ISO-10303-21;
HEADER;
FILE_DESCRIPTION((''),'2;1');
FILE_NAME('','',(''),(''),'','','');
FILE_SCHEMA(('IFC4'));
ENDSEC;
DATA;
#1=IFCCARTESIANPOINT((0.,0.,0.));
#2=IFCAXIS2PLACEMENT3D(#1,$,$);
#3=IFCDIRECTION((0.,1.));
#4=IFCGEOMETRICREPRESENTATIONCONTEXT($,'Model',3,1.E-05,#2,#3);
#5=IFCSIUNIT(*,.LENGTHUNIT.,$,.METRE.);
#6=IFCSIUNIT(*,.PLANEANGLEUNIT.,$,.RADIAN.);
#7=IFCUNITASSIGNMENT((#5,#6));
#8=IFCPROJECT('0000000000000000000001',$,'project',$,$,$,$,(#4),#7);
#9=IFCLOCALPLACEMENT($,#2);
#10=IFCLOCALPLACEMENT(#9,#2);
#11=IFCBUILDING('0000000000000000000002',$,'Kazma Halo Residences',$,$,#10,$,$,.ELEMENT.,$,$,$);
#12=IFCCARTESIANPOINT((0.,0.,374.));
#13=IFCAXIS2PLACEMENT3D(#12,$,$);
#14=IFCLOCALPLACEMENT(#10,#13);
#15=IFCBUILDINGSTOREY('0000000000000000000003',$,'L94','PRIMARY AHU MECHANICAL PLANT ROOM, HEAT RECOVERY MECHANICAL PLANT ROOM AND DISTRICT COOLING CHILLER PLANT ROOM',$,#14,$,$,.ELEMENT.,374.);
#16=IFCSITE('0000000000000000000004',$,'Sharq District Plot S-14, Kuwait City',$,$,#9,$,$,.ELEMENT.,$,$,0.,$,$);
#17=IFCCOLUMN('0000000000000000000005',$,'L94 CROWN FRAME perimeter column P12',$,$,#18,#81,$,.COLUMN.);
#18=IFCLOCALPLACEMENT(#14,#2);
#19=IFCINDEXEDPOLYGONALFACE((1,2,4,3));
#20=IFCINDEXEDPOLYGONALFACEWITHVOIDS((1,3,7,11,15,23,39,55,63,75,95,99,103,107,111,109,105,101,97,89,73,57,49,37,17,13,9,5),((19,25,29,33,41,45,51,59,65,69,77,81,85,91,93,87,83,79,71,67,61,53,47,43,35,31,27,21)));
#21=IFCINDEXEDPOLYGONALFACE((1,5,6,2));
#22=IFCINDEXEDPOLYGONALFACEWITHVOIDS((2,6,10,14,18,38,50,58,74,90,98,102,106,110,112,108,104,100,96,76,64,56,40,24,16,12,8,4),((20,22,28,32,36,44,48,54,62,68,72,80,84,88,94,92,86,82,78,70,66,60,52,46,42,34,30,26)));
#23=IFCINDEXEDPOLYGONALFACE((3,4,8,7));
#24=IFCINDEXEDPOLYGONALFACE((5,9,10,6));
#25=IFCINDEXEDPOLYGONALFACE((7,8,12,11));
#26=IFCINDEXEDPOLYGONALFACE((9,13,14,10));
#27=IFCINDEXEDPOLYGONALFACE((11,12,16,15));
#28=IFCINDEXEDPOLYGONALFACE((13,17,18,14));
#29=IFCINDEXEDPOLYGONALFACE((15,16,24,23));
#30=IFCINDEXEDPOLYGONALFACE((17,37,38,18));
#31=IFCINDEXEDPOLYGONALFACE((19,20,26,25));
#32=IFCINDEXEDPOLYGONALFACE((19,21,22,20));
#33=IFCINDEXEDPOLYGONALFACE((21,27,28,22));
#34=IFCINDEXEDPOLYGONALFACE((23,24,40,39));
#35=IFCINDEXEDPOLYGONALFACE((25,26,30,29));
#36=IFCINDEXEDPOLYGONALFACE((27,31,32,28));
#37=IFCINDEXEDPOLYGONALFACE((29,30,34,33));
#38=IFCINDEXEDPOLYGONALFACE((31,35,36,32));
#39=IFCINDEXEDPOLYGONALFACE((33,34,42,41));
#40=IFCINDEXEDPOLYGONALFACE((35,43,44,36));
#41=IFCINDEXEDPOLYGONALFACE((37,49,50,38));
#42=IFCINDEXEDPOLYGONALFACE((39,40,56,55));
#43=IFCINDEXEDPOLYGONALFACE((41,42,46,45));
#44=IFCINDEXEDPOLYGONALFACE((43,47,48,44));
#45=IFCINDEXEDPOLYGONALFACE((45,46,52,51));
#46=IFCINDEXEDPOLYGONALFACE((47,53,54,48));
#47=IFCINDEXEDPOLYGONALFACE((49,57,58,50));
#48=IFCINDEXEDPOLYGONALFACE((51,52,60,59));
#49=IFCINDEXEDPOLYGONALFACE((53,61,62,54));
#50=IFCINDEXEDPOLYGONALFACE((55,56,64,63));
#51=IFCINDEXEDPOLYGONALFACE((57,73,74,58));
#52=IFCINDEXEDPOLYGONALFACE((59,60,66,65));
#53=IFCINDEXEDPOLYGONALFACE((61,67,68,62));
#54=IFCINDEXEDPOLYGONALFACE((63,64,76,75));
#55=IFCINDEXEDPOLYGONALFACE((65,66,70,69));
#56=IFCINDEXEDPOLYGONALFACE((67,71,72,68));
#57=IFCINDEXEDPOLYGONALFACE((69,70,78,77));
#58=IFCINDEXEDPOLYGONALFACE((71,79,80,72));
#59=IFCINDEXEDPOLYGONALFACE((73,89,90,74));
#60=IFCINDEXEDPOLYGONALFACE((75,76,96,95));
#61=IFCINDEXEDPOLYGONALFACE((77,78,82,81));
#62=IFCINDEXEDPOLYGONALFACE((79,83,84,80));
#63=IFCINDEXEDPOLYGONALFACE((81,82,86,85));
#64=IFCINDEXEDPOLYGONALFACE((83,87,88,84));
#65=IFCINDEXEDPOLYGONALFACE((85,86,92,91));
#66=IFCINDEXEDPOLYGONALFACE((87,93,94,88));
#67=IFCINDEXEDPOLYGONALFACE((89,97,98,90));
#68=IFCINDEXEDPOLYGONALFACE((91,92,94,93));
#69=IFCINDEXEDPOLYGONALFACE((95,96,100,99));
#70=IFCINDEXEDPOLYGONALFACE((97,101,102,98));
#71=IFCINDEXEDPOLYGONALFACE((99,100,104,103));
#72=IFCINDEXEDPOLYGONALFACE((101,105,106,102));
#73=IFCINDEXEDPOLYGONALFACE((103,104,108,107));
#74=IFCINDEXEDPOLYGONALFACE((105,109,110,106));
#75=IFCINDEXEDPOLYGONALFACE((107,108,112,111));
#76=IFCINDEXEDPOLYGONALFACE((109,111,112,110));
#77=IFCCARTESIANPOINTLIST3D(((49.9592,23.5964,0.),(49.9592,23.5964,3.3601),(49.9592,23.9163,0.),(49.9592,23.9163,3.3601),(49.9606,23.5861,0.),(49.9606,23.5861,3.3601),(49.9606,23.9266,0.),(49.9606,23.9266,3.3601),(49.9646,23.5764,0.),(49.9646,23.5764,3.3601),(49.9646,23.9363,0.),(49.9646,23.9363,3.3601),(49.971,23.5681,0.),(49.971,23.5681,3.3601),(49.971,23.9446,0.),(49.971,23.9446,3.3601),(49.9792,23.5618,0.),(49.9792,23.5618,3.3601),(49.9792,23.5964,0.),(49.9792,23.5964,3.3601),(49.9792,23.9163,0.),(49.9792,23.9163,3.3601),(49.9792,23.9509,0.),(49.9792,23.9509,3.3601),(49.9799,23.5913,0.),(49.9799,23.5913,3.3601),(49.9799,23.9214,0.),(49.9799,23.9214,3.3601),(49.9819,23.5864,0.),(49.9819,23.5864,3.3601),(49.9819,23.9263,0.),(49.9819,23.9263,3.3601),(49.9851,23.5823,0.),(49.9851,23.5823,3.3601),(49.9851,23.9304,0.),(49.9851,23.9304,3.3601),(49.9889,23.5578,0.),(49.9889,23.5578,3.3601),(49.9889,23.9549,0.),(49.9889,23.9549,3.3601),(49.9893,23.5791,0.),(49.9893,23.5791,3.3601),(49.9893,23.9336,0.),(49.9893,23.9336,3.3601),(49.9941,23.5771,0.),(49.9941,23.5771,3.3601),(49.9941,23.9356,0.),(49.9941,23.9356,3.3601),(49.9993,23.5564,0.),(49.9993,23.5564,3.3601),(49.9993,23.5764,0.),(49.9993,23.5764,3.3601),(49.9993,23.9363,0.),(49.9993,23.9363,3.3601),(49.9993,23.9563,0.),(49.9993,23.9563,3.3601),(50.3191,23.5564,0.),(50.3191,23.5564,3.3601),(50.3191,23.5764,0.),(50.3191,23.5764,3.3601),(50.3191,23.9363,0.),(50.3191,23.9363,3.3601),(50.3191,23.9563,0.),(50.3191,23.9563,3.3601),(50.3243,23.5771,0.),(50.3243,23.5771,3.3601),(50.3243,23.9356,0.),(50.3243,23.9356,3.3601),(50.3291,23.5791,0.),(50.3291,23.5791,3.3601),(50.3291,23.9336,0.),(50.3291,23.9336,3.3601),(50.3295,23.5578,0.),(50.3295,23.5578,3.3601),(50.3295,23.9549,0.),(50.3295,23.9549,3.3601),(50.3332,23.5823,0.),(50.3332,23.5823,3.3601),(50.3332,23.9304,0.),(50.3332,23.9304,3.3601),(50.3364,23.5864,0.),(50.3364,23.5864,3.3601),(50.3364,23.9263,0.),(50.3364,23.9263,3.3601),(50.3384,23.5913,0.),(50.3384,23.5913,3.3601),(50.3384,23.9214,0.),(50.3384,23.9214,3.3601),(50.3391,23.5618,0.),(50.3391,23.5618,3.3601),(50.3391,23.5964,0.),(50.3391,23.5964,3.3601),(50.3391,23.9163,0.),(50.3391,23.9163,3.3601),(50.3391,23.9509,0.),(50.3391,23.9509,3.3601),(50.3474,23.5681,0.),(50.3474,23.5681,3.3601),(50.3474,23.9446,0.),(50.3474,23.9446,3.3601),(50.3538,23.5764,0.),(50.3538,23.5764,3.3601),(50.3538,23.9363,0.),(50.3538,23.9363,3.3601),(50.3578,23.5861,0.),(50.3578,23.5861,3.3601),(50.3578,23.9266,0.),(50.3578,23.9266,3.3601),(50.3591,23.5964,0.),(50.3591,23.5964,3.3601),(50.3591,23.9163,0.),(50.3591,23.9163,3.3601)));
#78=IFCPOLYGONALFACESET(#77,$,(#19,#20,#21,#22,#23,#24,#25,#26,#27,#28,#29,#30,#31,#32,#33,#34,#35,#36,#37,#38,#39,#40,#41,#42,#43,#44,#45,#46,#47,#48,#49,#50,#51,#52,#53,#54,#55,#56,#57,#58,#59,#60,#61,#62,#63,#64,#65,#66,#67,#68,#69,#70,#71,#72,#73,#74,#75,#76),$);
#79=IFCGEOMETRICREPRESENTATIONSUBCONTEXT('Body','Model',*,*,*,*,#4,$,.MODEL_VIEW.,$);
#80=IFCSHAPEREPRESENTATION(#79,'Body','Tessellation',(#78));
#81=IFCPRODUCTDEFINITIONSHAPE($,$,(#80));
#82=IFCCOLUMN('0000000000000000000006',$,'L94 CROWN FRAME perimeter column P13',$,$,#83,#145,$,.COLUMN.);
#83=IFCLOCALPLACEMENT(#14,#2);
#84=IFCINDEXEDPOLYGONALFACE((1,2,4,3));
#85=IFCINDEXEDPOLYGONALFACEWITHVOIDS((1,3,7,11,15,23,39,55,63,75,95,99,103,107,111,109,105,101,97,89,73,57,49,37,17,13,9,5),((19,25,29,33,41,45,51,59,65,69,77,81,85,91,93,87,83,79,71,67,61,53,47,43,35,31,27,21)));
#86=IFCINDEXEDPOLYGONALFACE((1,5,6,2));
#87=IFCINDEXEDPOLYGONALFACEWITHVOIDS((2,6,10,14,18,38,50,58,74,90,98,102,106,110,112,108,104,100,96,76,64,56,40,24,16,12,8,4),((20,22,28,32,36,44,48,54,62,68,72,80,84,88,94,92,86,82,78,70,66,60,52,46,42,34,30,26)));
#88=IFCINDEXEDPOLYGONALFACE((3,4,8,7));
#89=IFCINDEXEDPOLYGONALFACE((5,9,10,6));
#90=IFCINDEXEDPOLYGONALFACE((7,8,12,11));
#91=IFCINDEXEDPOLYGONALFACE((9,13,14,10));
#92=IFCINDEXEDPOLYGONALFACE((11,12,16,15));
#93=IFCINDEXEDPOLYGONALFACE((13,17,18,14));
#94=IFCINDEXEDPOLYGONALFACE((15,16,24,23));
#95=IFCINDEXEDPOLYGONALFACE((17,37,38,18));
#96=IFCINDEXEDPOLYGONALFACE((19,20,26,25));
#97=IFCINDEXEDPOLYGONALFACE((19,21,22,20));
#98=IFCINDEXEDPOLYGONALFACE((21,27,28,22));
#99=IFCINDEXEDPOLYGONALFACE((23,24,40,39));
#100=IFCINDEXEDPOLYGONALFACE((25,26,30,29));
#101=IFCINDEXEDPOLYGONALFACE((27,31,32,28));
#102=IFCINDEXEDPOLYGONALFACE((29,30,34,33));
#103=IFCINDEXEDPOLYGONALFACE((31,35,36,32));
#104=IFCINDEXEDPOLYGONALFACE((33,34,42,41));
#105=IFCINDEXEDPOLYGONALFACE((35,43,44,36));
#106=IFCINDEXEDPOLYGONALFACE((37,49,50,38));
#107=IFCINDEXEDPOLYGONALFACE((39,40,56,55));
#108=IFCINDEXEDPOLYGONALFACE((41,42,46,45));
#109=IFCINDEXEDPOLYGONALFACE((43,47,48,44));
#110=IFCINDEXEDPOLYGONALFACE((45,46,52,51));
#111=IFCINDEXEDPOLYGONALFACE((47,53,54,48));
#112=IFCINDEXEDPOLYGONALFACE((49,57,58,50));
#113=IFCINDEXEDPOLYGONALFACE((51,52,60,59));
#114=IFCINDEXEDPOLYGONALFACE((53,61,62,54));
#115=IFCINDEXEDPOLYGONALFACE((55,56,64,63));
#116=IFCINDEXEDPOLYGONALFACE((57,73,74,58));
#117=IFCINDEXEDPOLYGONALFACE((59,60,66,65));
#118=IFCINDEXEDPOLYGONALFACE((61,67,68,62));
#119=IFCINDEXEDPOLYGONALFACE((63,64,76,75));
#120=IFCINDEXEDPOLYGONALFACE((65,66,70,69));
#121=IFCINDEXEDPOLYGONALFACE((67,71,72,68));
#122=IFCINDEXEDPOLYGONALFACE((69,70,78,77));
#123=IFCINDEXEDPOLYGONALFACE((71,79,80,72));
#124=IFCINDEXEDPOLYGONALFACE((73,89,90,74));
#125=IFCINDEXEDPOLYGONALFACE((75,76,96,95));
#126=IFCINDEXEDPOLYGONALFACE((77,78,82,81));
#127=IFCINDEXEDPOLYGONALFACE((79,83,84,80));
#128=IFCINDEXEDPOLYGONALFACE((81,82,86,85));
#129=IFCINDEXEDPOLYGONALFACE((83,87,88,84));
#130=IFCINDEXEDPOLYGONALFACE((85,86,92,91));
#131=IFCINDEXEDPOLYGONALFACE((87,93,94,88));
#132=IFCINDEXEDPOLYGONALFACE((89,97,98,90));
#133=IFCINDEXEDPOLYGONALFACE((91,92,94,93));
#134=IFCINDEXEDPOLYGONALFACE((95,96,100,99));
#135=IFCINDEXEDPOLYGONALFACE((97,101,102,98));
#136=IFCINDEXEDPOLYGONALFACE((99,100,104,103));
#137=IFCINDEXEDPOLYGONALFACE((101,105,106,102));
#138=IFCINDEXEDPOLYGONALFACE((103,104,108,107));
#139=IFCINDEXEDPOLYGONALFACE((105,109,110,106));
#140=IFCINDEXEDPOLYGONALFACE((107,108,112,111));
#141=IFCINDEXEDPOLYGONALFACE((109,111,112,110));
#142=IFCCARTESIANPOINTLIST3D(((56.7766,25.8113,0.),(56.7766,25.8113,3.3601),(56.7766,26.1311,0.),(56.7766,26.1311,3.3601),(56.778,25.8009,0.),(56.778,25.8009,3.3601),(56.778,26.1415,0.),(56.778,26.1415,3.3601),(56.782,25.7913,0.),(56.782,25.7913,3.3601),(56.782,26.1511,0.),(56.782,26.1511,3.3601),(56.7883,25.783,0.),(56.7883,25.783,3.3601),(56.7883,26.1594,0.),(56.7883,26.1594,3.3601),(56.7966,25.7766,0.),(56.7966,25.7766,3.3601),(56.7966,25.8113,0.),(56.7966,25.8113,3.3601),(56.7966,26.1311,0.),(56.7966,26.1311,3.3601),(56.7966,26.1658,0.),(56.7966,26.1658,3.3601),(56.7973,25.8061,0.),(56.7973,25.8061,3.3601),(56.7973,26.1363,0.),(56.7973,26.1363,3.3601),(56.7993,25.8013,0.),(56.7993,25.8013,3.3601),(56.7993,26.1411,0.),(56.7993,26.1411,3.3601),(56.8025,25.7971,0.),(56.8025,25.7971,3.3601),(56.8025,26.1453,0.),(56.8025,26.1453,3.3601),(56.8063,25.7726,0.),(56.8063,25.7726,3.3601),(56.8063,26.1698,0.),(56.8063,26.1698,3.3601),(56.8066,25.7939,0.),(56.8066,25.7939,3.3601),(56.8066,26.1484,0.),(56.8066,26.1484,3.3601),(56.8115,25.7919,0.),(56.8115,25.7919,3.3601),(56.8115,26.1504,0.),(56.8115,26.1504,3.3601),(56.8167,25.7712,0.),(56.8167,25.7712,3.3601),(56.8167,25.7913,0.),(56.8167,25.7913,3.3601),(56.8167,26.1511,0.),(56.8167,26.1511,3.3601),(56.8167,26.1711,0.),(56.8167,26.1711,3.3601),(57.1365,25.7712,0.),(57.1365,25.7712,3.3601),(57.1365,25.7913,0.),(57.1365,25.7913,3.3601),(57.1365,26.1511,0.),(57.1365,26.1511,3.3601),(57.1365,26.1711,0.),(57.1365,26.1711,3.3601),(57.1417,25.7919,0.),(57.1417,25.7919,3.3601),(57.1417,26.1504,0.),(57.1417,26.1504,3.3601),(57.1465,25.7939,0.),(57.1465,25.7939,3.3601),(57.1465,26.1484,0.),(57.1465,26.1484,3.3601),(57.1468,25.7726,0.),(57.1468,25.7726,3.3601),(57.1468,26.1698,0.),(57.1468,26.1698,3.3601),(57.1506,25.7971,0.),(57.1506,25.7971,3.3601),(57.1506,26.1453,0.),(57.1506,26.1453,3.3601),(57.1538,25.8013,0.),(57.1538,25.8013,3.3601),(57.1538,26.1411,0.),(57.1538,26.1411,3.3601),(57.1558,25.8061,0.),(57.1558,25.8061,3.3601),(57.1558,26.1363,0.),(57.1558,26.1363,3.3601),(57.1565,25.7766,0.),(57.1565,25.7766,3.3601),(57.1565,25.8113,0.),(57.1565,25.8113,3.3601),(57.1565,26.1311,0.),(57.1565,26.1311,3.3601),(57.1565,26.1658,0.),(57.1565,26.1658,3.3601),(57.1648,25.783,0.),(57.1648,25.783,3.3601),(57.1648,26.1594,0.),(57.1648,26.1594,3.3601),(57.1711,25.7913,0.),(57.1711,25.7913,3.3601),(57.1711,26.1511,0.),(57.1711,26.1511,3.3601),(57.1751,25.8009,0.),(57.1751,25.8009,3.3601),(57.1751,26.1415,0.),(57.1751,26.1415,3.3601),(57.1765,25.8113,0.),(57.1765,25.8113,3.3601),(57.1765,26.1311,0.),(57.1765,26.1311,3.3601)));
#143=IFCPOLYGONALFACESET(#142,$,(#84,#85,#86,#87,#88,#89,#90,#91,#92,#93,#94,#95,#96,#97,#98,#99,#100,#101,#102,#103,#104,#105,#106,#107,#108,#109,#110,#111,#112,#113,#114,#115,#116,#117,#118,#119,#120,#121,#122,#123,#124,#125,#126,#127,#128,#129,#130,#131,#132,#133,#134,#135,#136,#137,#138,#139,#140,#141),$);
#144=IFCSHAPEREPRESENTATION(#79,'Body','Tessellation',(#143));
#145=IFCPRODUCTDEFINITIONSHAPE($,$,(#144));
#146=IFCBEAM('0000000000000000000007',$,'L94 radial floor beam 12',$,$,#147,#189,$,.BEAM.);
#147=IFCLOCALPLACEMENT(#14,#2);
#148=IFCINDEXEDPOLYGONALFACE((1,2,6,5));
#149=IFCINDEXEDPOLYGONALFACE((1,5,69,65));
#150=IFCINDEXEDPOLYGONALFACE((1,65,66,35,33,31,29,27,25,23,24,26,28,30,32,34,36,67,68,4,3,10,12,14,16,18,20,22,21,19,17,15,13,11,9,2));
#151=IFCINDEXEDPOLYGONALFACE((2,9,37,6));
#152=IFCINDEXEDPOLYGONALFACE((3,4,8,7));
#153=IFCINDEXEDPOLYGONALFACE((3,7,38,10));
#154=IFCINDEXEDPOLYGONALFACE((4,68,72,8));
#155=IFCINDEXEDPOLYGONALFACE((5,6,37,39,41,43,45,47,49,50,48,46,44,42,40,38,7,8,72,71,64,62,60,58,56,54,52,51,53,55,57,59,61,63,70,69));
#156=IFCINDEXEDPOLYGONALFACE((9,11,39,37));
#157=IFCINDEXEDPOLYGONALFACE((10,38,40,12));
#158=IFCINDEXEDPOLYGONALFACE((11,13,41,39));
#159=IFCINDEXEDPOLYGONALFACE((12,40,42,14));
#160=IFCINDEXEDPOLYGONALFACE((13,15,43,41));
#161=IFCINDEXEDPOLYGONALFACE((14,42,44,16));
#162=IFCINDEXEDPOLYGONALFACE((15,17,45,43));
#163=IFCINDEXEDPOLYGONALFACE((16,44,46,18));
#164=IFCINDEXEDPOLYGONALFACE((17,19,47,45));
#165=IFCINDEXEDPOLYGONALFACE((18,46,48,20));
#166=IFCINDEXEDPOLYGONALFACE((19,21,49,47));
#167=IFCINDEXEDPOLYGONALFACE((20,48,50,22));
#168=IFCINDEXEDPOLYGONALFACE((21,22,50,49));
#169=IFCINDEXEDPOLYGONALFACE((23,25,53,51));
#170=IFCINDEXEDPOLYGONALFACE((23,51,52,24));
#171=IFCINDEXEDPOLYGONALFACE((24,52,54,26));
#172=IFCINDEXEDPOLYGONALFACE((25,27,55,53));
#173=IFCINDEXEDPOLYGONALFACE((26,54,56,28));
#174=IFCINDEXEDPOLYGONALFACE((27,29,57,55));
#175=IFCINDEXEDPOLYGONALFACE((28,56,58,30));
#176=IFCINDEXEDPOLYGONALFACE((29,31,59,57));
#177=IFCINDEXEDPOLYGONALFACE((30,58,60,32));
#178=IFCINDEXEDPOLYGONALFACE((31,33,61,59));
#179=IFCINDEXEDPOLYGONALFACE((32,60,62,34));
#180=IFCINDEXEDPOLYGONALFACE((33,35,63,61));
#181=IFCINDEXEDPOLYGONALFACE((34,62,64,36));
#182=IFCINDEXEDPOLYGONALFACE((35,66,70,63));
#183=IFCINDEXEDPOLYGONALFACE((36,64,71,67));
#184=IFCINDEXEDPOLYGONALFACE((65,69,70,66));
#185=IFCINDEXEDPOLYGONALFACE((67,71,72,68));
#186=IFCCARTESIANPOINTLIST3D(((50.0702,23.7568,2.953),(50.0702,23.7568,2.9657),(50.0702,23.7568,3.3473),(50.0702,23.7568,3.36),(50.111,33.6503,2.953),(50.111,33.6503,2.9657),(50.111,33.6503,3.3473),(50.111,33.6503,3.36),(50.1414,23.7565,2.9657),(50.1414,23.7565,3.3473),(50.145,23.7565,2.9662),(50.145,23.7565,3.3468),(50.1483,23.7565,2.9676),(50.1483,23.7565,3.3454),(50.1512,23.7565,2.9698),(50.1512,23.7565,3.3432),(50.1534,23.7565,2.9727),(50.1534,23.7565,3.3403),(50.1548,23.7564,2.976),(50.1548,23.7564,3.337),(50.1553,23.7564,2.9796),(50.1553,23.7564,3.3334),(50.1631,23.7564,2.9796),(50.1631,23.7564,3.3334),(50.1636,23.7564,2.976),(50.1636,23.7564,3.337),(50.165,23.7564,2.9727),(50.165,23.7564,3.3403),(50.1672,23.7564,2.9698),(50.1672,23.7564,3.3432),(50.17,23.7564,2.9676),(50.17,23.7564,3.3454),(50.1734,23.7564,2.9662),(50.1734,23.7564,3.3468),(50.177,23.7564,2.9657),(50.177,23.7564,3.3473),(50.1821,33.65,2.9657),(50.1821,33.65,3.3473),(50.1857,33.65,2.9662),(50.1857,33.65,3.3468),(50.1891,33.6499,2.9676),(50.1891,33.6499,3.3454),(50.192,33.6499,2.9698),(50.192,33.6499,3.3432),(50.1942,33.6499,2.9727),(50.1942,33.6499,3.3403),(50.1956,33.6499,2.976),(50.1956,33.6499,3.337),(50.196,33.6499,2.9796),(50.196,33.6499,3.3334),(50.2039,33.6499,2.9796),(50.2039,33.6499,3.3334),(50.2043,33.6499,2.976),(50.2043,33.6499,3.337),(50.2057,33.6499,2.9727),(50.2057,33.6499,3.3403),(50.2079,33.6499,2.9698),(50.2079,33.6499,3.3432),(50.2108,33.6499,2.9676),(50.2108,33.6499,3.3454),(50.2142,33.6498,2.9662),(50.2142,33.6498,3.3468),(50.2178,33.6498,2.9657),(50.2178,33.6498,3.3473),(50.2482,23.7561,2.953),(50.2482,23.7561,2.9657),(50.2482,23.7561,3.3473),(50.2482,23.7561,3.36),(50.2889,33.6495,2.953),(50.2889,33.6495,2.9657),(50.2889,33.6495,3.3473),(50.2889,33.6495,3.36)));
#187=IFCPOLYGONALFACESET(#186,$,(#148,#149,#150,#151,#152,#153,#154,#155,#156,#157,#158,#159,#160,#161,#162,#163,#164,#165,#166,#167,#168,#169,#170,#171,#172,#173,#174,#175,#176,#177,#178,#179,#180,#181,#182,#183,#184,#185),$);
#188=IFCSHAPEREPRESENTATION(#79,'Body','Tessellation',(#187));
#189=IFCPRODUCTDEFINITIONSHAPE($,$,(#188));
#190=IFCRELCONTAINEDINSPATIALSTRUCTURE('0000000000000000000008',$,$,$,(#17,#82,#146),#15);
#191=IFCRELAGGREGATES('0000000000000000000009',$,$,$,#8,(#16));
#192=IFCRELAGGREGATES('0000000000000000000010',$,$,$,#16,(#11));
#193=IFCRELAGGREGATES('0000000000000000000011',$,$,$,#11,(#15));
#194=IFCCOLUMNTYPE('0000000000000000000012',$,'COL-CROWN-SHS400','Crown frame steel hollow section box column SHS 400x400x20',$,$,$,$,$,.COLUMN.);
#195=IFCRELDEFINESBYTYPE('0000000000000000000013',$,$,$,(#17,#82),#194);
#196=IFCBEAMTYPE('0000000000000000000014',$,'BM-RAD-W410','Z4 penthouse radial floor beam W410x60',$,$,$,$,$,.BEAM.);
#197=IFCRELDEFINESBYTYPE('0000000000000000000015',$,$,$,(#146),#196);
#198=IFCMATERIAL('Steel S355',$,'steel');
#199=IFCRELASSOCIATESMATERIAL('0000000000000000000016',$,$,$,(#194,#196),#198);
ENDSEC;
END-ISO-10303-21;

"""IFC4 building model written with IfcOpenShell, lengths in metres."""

from ifc_helpers import new_model, si_unit, direction, frame, origin, origin_2d, place, context, subcontext, project, spatial, hollow_rectangle, i_section, extrude, material, material_profile, profile_set, type_object, element, save


model = new_model("IFC4")

# Units and contexts
model_context = context("Model", 3, precision=1e-05, world=origin(), true_north=direction((0.0, 1.0)))
body_context = subcontext(model_context, "Body", "Model", "MODEL_VIEW")
ifc_project = project(units=[si_unit("LENGTHUNIT", "METRE"), si_unit("PLANEANGLEUNIT", "RADIAN")], contexts=[model_context])

# Site, building, storey
site_placement = place(None, origin())
site = spatial("IfcSite", under=ifc_project, at=site_placement, Name="Sharq District Plot S-14, Kuwait City", CompositionType="ELEMENT", RefElevation=0.0)
building_placement = place(site_placement, origin())
building = spatial("IfcBuilding", under=site, at=building_placement, Name="Kazma Halo Residences", CompositionType="ELEMENT")
storey_placement = place(building_placement, frame((0.0, 0.0, 374.0)))
storey = spatial("IfcBuildingStorey", under=building, at=storey_placement, Name="L94", Description="PRIMARY AHU MECHANICAL PLANT ROOM, HEAT RECOVERY MECHANICAL PLANT ROOM AND DISTRICT COOLING CHILLER PLANT ROOM", CompositionType="ELEMENT", Elevation=374.0)

# Columns
ifc_material_1 = material(Name="Steel S355", Category="steel")
ifc_material_profile_1 = material_profile(ifc_material_1, hollow_rectangle(XDim=0.3999, YDim=0.3999, WallThickness=0.02, InnerFilletRadius=0.02, OuterFilletRadius=0.04, at=origin_2d()), Name="SHS400x400x20")
ifc_profile_set_1 = profile_set([ifc_material_profile_1], Name="Steel S355")
column_type = type_object("IfcColumnType", Name="COL-CROWN-SHS400", Description="Crown frame steel hollow section box column SHS 400x400x20", PredefinedType="COLUMN", material=ifc_profile_set_1)
for number, where, z_axis, x_axis, name in (
    (1, (50.1592, 23.7563, 0.0), (0.0, 0.0, 1.0), (1.0, 0.0, 0.0), "L94 CROWN FRAME perimeter column P12"),
    (2, (56.9766, 25.9712, 0.0), (0.0, 0.0, 1.0), (1.0, 0.0, 0.0), "L94 CROWN FRAME perimeter column P13"),
):
    element("IfcColumn", number, at=place(storey_placement, frame(where, z_axis=z_axis, x_axis=x_axis)), inside=storey, type_object=column_type, Name=name, PredefinedType="COLUMN", context=body_context, shape_type="SweptSolid", body=[
        extrude(hollow_rectangle(XDim=0.3999, YDim=0.3999, WallThickness=0.02, InnerFilletRadius=0.02, OuterFilletRadius=0.04, at=origin_2d()), origin(), (0.0, 0.0, 1.0), 3.3601),
    ])

# Beam
ifc_material_profile_2 = material_profile(ifc_material_1, i_section(OverallWidth=0.178, OverallDepth=0.407, WebThickness=0.0078, FlangeThickness=0.0127, FilletRadius=0.0139, at=origin_2d()), Name="W410x60")
ifc_profile_set_2 = profile_set([ifc_material_profile_2], Name="Steel S355")
beam_type_1 = type_object("IfcBeamType", Name="BM-RAD-W410", Description="Z4 penthouse radial floor beam W410x60", PredefinedType="BEAM", material=ifc_profile_set_2)
beam_1_placement = place(storey_placement, frame((50.2, 33.6499, 3.1565), z_axis=(-0.004121, -0.999992, 0.0), x_axis=(0.999992, -0.004121, 0.0)))
element("IfcBeam", 3, at=beam_1_placement, inside=storey, type_object=beam_type_1, Name="L94 radial floor beam 12", PredefinedType="BEAM", context=body_context, shape_type="SweptSolid", body=[
    extrude(i_section(OverallWidth=0.178, OverallDepth=0.407, WebThickness=0.0078, FlangeThickness=0.0127, FilletRadius=0.0139, at=origin_2d()), origin(), (0.0, 0.0, 1.0), 9.8936),
])

save(model, "model.ifc")
